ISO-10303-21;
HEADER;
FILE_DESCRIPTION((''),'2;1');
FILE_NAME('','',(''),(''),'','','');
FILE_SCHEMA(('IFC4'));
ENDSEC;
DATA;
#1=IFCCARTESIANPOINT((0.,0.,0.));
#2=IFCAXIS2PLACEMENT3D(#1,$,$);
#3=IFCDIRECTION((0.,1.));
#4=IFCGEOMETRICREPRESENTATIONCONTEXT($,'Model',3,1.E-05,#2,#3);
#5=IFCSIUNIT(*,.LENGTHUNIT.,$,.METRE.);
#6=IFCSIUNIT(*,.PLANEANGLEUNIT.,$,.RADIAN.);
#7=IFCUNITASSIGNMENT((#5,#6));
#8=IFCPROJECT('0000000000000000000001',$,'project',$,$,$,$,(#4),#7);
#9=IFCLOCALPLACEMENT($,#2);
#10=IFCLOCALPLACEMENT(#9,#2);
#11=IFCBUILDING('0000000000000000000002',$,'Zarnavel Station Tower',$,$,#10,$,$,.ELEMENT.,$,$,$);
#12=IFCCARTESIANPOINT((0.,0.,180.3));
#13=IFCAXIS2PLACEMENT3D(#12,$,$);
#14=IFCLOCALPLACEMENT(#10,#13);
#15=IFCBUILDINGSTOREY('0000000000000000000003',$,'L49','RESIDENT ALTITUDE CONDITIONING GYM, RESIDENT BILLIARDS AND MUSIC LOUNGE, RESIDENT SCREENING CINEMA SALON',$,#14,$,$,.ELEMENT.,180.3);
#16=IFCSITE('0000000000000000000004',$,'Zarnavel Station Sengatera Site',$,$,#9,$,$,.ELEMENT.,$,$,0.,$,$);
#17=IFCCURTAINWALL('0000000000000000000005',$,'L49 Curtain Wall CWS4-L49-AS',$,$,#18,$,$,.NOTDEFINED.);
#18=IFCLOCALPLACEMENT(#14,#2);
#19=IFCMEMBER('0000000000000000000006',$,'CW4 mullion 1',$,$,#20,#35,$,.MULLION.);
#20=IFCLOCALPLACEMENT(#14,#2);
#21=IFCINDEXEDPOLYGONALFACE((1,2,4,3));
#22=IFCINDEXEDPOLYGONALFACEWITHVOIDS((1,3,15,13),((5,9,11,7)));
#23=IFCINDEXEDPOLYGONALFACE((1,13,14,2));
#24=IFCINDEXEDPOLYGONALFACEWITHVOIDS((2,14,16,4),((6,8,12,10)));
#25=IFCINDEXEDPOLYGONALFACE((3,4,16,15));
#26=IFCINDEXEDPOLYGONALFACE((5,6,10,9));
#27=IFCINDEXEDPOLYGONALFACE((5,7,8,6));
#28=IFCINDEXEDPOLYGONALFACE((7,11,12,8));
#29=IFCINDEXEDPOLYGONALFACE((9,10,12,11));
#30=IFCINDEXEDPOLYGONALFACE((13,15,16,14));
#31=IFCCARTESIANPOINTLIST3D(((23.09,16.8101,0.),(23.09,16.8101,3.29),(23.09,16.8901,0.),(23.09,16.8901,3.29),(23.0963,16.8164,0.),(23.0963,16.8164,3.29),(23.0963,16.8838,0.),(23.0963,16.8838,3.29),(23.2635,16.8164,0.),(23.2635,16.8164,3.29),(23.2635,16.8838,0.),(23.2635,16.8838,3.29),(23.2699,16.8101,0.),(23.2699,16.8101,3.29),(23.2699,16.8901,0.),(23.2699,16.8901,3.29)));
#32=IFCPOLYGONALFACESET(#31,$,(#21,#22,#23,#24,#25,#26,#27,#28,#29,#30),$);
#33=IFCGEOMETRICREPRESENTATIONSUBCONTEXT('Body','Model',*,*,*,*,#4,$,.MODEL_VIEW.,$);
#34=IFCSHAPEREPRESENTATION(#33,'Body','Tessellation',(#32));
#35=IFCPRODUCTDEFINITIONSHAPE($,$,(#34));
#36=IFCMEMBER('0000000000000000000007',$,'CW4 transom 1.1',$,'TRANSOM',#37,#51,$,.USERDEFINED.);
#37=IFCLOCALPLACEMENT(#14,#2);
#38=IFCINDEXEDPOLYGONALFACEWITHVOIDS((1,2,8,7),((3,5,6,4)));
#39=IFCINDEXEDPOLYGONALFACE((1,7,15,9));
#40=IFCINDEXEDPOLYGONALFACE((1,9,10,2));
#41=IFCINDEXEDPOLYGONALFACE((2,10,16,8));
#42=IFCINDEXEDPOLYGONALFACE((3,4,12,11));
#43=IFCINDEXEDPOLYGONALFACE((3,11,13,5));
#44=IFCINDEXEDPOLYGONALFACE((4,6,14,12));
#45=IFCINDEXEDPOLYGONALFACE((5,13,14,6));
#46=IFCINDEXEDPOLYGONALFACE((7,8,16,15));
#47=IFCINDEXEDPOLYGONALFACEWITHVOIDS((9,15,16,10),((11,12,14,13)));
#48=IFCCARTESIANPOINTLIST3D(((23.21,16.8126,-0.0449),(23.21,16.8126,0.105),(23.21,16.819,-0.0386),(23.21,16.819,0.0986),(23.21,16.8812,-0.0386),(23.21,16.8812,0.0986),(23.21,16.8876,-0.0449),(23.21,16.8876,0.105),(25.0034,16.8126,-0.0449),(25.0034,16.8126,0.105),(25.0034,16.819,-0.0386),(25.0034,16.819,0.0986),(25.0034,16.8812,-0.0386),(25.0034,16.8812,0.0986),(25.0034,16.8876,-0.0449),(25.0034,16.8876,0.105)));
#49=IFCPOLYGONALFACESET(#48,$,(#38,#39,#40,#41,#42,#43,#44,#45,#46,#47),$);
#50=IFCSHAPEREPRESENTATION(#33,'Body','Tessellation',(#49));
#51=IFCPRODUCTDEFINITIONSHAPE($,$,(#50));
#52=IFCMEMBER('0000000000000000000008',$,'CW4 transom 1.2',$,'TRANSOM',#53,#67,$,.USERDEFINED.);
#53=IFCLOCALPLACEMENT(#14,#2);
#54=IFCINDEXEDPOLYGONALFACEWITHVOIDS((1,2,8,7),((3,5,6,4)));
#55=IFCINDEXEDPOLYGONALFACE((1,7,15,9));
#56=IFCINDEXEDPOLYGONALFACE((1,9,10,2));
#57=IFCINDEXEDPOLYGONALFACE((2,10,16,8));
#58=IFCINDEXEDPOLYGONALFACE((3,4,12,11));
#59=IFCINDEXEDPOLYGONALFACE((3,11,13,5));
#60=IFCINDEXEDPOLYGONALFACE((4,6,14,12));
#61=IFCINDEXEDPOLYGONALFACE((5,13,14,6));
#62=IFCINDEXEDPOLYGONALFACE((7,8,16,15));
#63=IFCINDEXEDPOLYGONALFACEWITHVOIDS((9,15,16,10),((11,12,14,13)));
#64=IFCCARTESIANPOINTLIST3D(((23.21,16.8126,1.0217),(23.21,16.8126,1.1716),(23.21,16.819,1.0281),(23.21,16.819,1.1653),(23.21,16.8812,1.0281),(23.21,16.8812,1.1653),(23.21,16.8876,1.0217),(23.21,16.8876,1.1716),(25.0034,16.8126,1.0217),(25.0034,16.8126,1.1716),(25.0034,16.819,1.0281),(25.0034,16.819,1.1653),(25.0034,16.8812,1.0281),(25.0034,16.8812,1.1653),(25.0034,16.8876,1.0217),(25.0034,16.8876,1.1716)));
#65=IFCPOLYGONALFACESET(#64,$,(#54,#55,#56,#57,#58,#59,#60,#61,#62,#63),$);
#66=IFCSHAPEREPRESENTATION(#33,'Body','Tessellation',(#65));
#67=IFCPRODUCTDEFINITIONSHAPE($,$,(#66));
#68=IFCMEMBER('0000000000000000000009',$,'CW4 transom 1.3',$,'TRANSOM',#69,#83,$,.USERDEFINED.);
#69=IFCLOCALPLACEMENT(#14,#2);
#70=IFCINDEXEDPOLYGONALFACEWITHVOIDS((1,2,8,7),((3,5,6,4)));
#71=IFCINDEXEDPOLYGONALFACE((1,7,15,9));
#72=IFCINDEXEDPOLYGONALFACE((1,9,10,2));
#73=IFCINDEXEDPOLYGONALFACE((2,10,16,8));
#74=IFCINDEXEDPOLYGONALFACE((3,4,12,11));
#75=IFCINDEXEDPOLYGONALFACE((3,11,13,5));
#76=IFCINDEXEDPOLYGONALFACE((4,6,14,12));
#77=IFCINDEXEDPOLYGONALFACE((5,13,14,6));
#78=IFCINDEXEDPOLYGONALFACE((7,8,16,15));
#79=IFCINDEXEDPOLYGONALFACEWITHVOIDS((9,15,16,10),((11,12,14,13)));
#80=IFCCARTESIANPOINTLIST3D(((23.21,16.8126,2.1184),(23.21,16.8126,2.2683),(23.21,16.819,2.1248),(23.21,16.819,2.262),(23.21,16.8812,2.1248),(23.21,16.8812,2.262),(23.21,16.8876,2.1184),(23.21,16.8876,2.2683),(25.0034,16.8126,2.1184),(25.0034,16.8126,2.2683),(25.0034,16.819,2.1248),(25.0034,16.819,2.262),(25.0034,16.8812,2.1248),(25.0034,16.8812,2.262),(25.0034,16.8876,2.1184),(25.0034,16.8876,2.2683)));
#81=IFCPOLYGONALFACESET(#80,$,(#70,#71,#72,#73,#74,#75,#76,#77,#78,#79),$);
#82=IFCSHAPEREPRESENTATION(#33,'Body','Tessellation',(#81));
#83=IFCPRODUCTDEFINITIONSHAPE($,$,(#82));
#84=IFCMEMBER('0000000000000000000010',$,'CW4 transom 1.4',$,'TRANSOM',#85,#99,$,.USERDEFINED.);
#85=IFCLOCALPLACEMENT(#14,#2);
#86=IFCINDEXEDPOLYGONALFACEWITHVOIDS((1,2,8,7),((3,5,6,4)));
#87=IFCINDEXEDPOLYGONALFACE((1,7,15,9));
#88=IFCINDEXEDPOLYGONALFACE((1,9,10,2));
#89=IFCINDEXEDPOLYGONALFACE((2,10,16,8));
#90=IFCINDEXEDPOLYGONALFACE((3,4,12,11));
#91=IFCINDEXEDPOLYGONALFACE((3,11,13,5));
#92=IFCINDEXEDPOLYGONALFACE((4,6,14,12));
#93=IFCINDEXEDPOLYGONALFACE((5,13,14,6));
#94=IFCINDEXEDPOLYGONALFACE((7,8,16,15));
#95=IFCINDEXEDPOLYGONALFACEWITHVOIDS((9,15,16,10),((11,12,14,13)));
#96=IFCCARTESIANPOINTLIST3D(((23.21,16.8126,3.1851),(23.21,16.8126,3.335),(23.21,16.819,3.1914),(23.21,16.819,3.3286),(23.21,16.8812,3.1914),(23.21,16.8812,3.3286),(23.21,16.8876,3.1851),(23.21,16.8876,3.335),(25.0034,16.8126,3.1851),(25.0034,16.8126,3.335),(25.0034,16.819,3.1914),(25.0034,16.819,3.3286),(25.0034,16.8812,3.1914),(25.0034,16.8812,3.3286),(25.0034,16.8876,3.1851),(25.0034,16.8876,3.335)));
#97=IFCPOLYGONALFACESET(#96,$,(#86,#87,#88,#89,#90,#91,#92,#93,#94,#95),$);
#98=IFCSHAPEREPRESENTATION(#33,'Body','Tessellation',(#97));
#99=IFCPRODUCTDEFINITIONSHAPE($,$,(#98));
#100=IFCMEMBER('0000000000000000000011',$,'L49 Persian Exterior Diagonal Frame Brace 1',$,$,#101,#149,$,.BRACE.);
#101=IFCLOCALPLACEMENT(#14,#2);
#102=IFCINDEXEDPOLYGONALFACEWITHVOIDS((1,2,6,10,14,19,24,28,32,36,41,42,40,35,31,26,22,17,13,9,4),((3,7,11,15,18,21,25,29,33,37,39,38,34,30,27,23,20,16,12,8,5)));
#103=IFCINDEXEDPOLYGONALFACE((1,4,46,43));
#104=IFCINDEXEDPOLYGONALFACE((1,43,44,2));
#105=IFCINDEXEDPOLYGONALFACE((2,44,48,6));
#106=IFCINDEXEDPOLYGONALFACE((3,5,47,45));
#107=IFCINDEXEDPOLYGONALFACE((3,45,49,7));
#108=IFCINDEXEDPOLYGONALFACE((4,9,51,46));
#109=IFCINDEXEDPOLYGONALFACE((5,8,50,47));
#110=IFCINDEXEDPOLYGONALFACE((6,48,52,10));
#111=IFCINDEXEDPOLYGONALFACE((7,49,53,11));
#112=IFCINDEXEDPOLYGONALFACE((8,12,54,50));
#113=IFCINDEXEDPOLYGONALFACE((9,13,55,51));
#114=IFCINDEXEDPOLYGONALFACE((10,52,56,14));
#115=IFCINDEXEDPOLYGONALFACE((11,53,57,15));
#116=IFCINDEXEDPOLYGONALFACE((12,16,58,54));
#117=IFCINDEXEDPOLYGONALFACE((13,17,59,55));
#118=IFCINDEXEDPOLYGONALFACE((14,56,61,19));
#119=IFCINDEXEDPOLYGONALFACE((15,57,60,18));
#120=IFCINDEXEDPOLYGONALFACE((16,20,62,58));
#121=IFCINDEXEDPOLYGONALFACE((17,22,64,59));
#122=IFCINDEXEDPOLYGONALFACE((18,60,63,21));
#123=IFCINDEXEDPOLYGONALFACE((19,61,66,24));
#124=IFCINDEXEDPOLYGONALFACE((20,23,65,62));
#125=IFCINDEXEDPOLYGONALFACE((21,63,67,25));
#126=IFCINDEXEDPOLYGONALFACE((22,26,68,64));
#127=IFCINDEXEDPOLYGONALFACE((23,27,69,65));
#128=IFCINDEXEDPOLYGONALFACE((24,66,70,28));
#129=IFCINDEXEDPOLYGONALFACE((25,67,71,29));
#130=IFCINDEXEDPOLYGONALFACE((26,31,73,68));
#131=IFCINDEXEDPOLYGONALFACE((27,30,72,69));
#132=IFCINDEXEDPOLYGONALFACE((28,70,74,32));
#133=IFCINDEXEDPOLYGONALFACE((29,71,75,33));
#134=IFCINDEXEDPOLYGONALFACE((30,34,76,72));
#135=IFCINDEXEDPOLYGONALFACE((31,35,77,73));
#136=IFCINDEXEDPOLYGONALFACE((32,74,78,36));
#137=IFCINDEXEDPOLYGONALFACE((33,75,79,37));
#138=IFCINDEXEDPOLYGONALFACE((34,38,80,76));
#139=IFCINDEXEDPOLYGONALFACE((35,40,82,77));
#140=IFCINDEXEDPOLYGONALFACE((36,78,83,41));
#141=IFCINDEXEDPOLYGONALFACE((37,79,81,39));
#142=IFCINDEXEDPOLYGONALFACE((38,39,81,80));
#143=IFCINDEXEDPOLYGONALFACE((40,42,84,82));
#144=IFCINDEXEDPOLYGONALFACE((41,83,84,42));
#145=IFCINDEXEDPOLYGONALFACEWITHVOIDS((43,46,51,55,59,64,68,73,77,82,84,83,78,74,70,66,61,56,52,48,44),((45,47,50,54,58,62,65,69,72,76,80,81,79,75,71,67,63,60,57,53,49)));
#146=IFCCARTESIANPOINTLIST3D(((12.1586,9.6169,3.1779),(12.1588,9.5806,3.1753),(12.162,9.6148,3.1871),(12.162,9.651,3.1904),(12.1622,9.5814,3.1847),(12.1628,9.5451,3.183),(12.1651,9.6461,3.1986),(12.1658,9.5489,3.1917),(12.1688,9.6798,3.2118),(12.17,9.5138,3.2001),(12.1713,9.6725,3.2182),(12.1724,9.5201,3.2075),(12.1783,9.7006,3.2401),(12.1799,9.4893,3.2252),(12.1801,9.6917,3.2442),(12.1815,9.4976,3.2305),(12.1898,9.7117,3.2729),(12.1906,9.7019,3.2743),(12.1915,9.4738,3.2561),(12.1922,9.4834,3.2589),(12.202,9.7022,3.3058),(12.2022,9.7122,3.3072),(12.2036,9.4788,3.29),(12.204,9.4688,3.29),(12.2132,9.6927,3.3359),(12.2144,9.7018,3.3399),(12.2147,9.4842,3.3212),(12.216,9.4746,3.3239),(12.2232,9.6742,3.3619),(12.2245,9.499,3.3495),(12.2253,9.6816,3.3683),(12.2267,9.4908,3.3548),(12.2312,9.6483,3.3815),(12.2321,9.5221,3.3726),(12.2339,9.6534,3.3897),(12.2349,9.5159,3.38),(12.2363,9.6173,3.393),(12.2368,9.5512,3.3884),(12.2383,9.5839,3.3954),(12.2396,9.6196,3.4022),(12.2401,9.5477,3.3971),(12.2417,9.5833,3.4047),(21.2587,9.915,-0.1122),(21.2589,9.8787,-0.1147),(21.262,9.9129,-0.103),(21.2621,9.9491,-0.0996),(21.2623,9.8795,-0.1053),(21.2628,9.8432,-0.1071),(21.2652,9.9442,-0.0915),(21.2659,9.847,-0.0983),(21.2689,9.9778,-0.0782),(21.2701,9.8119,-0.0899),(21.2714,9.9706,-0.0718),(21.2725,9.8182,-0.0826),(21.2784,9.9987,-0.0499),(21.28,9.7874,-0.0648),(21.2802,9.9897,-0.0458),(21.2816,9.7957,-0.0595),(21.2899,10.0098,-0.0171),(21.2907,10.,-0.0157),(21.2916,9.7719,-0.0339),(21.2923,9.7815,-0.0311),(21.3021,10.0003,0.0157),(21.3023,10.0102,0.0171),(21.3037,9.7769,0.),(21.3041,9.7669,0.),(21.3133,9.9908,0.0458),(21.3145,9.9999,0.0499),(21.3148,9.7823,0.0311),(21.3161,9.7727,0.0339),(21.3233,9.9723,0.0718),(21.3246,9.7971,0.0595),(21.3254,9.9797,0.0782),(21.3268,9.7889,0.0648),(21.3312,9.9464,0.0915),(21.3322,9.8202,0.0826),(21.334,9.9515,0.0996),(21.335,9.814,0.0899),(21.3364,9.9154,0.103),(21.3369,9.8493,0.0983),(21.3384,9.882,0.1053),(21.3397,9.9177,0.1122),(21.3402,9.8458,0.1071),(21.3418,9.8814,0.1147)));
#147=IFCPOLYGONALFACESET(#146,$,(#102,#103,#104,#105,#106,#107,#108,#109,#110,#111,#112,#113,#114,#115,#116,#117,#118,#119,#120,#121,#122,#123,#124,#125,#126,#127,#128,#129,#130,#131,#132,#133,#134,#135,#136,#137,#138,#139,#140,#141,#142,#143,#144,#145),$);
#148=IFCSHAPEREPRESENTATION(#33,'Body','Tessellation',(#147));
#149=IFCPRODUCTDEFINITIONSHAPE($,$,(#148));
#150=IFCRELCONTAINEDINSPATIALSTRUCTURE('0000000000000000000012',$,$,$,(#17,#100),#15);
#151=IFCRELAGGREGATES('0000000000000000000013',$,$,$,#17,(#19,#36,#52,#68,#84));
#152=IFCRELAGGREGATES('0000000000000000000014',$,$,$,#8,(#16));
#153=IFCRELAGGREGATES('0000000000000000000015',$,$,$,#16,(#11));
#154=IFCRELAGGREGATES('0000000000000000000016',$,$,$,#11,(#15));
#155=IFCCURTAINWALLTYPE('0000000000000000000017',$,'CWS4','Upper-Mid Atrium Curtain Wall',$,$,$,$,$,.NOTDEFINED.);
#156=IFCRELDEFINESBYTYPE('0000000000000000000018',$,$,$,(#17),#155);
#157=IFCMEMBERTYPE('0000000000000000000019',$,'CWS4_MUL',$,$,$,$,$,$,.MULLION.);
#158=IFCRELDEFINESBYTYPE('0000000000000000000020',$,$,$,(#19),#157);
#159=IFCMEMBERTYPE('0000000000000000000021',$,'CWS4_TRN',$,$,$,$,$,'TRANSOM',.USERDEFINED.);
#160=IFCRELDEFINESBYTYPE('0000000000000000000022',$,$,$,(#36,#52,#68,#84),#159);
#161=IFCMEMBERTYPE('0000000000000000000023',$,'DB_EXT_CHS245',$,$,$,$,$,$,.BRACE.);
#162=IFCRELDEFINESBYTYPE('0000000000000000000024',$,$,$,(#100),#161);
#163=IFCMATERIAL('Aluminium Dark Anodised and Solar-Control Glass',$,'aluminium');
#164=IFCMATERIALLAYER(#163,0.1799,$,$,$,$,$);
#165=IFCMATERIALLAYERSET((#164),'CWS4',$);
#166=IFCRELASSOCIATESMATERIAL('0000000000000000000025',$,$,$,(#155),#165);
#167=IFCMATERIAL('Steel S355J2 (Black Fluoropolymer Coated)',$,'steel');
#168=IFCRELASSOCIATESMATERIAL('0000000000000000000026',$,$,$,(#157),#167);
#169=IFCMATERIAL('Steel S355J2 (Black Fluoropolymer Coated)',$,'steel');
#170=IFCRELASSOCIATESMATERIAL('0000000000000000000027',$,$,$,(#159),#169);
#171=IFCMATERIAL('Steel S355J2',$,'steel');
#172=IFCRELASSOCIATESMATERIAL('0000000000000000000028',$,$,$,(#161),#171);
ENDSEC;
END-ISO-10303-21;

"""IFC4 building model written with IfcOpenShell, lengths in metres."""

from ifc_helpers import new_model, si_unit, direction, frame, origin, origin_2d, place, context, subcontext, project, spatial, hollow_rectangle, hollow_circle, extrude, material, layer, layer_set, material_profile, profile_set, type_object, element, aggregate, save


model = new_model("IFC4")

# Units and contexts
model_context = context("Model", 3, precision=1e-05, world=origin(), true_north=direction((0.0, 1.0)))
body_context = subcontext(model_context, "Body", "Model", "MODEL_VIEW")
ifc_project = project(units=[si_unit("LENGTHUNIT", "METRE"), si_unit("PLANEANGLEUNIT", "RADIAN")], contexts=[model_context])

# Site, building, storey
site_placement = place(None, origin())
site = spatial("IfcSite", under=ifc_project, at=site_placement, Name="Zarnavel Station Sengatera Site", CompositionType="ELEMENT", RefElevation=0.0)
building_placement = place(site_placement, origin())
building = spatial("IfcBuilding", under=site, at=building_placement, Name="Zarnavel Station Tower", CompositionType="ELEMENT")
storey_placement = place(building_placement, frame((0.0, 0.0, 180.3)))
storey = spatial("IfcBuildingStorey", under=building, at=storey_placement, Name="L49", Description="RESIDENT ALTITUDE CONDITIONING GYM, RESIDENT BILLIARDS AND MUSIC LOUNGE, RESIDENT SCREENING CINEMA SALON", CompositionType="ELEMENT", Elevation=180.3)

# Curtain wall, members
ifc_material_1 = material(Name="Aluminium Dark Anodised and Solar-Control Glass", Category="aluminium")
ifc_layer_1 = layer(ifc_material_1, 0.1799)
ifc_layer_set_1 = layer_set([ifc_layer_1], Name="CWS4")
curtain_wall_type = type_object("IfcCurtainWallType", Name="CWS4", Description="Upper-Mid Atrium Curtain Wall", PredefinedType="NOTDEFINED", material=ifc_layer_set_1)
curtain_wall_placement = place(storey_placement, origin())
curtain_wall = element("IfcCurtainWall", 1, at=curtain_wall_placement, inside=storey, type_object=curtain_wall_type, Name="L49 Curtain Wall CWS4-L49-AS", PredefinedType="NOTDEFINED")
ifc_material_2 = material(Name="Steel S355J2 (Black Fluoropolymer Coated)", Category="steel")
ifc_material_profile_1 = material_profile(ifc_material_2, hollow_rectangle(XDim=0.0801, YDim=0.1799, WallThickness=0.0063, at=origin_2d()), Name="RHS180x80x6.3")
ifc_profile_set_1 = profile_set([ifc_material_profile_1], Name="Steel S355J2 (Black Fluoropolymer Coated)")
member_type_1 = type_object("IfcMemberType", Name="CWS4_MUL", PredefinedType="MULLION", material=ifc_profile_set_1)
member_1_placement = place(storey_placement, frame((23.1799, 16.8501, 0.0), z_axis=(0.0, 0.0, 1.0), x_axis=(0.0, 1.0, 0.0)))
member_1 = element("IfcMember", 2, at=member_1_placement, type_object=member_type_1, Name="CW4 mullion 1", PredefinedType="MULLION", context=body_context, shape_type="SweptSolid", body=[
    extrude(hollow_rectangle(XDim=0.0801, YDim=0.1799, WallThickness=0.0063, at=origin_2d()), origin(), (0.0, 0.0, 1.0), 3.29),
])
ifc_material_3 = material(Name="Steel S355J2 (Black Fluoropolymer Coated)", Category="steel")
ifc_material_profile_2 = material_profile(ifc_material_3, hollow_rectangle(XDim=0.075, YDim=0.1499, WallThickness=0.0063, at=origin_2d()), Name="RHS150x75x6.3")
ifc_profile_set_2 = profile_set([ifc_material_profile_2], Name="Steel S355J2 (Black Fluoropolymer Coated)")
member_type_2 = type_object("IfcMemberType", Name="CWS4_TRN", ElementType="TRANSOM", PredefinedType="USERDEFINED", material=ifc_profile_set_2)
member_2_placement = place(storey_placement, frame((23.21, 16.8501, 0.03), z_axis=(1.0, 0.0, 0.0), x_axis=(0.0, 1.0, 0.0)))
member_2 = element("IfcMember", 3, at=member_2_placement, type_object=member_type_2, Name="CW4 transom 1.1", ObjectType="TRANSOM", PredefinedType="USERDEFINED", context=body_context, shape_type="SweptSolid", body=[
    extrude(hollow_rectangle(XDim=0.075, YDim=0.1499, WallThickness=0.0063, at=origin_2d()), origin(), (0.0, 0.0, 1.0), 1.7935),
])
member_3_placement = place(storey_placement, frame((23.21, 16.8501, 1.0967), z_axis=(1.0, 0.0, 0.0), x_axis=(0.0, 1.0, 0.0)))
member_3 = element("IfcMember", 4, at=member_3_placement, type_object=member_type_2, Name="CW4 transom 1.2", ObjectType="TRANSOM", PredefinedType="USERDEFINED", context=body_context, shape_type="SweptSolid", body=[
    extrude(hollow_rectangle(XDim=0.075, YDim=0.1499, WallThickness=0.0063, at=origin_2d()), origin(), (0.0, 0.0, 1.0), 1.7935),
])
member_4_placement = place(storey_placement, frame((23.21, 16.8501, 2.1934), z_axis=(1.0, 0.0, 0.0), x_axis=(0.0, 1.0, 0.0)))
member_4 = element("IfcMember", 5, at=member_4_placement, type_object=member_type_2, Name="CW4 transom 1.3", ObjectType="TRANSOM", PredefinedType="USERDEFINED", context=body_context, shape_type="SweptSolid", body=[
    extrude(hollow_rectangle(XDim=0.075, YDim=0.1499, WallThickness=0.0063, at=origin_2d()), origin(), (0.0, 0.0, 1.0), 1.7935),
])
member_5_placement = place(storey_placement, frame((23.21, 16.8501, 3.26), z_axis=(1.0, 0.0, 0.0), x_axis=(0.0, 1.0, 0.0)))
member_5 = element("IfcMember", 6, at=member_5_placement, type_object=member_type_2, Name="CW4 transom 1.4", ObjectType="TRANSOM", PredefinedType="USERDEFINED", context=body_context, shape_type="SweptSolid", body=[
    extrude(hollow_rectangle(XDim=0.075, YDim=0.1499, WallThickness=0.0063, at=origin_2d()), origin(), (0.0, 0.0, 1.0), 1.7935),
])
aggregate(curtain_wall, [member_1, member_2, member_3, member_4, member_5])

# Member
ifc_material_4 = material(Name="Steel S355J2", Category="steel")
ifc_material_profile_3 = material_profile(ifc_material_4, hollow_circle(Radius=0.1223, WallThickness=0.01, at=origin_2d()), Name="CHS244.5x10")
ifc_profile_set_3 = profile_set([ifc_material_profile_3], Name="Steel S355J2")
member_type_3 = type_object("IfcMemberType", Name="DB_EXT_CHS245", PredefinedType="BRACE", material=ifc_profile_set_3)
member_6_placement = place(storey_placement, frame((21.3, 9.8892, 0.0), z_axis=(-0.939979, -0.030791, 0.339839), x_axis=(0.03274, -0.999464, 0.0)))
element("IfcMember", 7, at=member_6_placement, inside=storey, type_object=member_type_3, Name="L49 Persian Exterior Diagonal Frame Brace 1", PredefinedType="BRACE", context=body_context, shape_type="SweptSolid", body=[
    extrude(hollow_circle(Radius=0.1223, WallThickness=0.01, at=origin_2d()), origin(), (0.0, 0.0, 1.0), 9.6812),
])

save(model, "model.ifc")
